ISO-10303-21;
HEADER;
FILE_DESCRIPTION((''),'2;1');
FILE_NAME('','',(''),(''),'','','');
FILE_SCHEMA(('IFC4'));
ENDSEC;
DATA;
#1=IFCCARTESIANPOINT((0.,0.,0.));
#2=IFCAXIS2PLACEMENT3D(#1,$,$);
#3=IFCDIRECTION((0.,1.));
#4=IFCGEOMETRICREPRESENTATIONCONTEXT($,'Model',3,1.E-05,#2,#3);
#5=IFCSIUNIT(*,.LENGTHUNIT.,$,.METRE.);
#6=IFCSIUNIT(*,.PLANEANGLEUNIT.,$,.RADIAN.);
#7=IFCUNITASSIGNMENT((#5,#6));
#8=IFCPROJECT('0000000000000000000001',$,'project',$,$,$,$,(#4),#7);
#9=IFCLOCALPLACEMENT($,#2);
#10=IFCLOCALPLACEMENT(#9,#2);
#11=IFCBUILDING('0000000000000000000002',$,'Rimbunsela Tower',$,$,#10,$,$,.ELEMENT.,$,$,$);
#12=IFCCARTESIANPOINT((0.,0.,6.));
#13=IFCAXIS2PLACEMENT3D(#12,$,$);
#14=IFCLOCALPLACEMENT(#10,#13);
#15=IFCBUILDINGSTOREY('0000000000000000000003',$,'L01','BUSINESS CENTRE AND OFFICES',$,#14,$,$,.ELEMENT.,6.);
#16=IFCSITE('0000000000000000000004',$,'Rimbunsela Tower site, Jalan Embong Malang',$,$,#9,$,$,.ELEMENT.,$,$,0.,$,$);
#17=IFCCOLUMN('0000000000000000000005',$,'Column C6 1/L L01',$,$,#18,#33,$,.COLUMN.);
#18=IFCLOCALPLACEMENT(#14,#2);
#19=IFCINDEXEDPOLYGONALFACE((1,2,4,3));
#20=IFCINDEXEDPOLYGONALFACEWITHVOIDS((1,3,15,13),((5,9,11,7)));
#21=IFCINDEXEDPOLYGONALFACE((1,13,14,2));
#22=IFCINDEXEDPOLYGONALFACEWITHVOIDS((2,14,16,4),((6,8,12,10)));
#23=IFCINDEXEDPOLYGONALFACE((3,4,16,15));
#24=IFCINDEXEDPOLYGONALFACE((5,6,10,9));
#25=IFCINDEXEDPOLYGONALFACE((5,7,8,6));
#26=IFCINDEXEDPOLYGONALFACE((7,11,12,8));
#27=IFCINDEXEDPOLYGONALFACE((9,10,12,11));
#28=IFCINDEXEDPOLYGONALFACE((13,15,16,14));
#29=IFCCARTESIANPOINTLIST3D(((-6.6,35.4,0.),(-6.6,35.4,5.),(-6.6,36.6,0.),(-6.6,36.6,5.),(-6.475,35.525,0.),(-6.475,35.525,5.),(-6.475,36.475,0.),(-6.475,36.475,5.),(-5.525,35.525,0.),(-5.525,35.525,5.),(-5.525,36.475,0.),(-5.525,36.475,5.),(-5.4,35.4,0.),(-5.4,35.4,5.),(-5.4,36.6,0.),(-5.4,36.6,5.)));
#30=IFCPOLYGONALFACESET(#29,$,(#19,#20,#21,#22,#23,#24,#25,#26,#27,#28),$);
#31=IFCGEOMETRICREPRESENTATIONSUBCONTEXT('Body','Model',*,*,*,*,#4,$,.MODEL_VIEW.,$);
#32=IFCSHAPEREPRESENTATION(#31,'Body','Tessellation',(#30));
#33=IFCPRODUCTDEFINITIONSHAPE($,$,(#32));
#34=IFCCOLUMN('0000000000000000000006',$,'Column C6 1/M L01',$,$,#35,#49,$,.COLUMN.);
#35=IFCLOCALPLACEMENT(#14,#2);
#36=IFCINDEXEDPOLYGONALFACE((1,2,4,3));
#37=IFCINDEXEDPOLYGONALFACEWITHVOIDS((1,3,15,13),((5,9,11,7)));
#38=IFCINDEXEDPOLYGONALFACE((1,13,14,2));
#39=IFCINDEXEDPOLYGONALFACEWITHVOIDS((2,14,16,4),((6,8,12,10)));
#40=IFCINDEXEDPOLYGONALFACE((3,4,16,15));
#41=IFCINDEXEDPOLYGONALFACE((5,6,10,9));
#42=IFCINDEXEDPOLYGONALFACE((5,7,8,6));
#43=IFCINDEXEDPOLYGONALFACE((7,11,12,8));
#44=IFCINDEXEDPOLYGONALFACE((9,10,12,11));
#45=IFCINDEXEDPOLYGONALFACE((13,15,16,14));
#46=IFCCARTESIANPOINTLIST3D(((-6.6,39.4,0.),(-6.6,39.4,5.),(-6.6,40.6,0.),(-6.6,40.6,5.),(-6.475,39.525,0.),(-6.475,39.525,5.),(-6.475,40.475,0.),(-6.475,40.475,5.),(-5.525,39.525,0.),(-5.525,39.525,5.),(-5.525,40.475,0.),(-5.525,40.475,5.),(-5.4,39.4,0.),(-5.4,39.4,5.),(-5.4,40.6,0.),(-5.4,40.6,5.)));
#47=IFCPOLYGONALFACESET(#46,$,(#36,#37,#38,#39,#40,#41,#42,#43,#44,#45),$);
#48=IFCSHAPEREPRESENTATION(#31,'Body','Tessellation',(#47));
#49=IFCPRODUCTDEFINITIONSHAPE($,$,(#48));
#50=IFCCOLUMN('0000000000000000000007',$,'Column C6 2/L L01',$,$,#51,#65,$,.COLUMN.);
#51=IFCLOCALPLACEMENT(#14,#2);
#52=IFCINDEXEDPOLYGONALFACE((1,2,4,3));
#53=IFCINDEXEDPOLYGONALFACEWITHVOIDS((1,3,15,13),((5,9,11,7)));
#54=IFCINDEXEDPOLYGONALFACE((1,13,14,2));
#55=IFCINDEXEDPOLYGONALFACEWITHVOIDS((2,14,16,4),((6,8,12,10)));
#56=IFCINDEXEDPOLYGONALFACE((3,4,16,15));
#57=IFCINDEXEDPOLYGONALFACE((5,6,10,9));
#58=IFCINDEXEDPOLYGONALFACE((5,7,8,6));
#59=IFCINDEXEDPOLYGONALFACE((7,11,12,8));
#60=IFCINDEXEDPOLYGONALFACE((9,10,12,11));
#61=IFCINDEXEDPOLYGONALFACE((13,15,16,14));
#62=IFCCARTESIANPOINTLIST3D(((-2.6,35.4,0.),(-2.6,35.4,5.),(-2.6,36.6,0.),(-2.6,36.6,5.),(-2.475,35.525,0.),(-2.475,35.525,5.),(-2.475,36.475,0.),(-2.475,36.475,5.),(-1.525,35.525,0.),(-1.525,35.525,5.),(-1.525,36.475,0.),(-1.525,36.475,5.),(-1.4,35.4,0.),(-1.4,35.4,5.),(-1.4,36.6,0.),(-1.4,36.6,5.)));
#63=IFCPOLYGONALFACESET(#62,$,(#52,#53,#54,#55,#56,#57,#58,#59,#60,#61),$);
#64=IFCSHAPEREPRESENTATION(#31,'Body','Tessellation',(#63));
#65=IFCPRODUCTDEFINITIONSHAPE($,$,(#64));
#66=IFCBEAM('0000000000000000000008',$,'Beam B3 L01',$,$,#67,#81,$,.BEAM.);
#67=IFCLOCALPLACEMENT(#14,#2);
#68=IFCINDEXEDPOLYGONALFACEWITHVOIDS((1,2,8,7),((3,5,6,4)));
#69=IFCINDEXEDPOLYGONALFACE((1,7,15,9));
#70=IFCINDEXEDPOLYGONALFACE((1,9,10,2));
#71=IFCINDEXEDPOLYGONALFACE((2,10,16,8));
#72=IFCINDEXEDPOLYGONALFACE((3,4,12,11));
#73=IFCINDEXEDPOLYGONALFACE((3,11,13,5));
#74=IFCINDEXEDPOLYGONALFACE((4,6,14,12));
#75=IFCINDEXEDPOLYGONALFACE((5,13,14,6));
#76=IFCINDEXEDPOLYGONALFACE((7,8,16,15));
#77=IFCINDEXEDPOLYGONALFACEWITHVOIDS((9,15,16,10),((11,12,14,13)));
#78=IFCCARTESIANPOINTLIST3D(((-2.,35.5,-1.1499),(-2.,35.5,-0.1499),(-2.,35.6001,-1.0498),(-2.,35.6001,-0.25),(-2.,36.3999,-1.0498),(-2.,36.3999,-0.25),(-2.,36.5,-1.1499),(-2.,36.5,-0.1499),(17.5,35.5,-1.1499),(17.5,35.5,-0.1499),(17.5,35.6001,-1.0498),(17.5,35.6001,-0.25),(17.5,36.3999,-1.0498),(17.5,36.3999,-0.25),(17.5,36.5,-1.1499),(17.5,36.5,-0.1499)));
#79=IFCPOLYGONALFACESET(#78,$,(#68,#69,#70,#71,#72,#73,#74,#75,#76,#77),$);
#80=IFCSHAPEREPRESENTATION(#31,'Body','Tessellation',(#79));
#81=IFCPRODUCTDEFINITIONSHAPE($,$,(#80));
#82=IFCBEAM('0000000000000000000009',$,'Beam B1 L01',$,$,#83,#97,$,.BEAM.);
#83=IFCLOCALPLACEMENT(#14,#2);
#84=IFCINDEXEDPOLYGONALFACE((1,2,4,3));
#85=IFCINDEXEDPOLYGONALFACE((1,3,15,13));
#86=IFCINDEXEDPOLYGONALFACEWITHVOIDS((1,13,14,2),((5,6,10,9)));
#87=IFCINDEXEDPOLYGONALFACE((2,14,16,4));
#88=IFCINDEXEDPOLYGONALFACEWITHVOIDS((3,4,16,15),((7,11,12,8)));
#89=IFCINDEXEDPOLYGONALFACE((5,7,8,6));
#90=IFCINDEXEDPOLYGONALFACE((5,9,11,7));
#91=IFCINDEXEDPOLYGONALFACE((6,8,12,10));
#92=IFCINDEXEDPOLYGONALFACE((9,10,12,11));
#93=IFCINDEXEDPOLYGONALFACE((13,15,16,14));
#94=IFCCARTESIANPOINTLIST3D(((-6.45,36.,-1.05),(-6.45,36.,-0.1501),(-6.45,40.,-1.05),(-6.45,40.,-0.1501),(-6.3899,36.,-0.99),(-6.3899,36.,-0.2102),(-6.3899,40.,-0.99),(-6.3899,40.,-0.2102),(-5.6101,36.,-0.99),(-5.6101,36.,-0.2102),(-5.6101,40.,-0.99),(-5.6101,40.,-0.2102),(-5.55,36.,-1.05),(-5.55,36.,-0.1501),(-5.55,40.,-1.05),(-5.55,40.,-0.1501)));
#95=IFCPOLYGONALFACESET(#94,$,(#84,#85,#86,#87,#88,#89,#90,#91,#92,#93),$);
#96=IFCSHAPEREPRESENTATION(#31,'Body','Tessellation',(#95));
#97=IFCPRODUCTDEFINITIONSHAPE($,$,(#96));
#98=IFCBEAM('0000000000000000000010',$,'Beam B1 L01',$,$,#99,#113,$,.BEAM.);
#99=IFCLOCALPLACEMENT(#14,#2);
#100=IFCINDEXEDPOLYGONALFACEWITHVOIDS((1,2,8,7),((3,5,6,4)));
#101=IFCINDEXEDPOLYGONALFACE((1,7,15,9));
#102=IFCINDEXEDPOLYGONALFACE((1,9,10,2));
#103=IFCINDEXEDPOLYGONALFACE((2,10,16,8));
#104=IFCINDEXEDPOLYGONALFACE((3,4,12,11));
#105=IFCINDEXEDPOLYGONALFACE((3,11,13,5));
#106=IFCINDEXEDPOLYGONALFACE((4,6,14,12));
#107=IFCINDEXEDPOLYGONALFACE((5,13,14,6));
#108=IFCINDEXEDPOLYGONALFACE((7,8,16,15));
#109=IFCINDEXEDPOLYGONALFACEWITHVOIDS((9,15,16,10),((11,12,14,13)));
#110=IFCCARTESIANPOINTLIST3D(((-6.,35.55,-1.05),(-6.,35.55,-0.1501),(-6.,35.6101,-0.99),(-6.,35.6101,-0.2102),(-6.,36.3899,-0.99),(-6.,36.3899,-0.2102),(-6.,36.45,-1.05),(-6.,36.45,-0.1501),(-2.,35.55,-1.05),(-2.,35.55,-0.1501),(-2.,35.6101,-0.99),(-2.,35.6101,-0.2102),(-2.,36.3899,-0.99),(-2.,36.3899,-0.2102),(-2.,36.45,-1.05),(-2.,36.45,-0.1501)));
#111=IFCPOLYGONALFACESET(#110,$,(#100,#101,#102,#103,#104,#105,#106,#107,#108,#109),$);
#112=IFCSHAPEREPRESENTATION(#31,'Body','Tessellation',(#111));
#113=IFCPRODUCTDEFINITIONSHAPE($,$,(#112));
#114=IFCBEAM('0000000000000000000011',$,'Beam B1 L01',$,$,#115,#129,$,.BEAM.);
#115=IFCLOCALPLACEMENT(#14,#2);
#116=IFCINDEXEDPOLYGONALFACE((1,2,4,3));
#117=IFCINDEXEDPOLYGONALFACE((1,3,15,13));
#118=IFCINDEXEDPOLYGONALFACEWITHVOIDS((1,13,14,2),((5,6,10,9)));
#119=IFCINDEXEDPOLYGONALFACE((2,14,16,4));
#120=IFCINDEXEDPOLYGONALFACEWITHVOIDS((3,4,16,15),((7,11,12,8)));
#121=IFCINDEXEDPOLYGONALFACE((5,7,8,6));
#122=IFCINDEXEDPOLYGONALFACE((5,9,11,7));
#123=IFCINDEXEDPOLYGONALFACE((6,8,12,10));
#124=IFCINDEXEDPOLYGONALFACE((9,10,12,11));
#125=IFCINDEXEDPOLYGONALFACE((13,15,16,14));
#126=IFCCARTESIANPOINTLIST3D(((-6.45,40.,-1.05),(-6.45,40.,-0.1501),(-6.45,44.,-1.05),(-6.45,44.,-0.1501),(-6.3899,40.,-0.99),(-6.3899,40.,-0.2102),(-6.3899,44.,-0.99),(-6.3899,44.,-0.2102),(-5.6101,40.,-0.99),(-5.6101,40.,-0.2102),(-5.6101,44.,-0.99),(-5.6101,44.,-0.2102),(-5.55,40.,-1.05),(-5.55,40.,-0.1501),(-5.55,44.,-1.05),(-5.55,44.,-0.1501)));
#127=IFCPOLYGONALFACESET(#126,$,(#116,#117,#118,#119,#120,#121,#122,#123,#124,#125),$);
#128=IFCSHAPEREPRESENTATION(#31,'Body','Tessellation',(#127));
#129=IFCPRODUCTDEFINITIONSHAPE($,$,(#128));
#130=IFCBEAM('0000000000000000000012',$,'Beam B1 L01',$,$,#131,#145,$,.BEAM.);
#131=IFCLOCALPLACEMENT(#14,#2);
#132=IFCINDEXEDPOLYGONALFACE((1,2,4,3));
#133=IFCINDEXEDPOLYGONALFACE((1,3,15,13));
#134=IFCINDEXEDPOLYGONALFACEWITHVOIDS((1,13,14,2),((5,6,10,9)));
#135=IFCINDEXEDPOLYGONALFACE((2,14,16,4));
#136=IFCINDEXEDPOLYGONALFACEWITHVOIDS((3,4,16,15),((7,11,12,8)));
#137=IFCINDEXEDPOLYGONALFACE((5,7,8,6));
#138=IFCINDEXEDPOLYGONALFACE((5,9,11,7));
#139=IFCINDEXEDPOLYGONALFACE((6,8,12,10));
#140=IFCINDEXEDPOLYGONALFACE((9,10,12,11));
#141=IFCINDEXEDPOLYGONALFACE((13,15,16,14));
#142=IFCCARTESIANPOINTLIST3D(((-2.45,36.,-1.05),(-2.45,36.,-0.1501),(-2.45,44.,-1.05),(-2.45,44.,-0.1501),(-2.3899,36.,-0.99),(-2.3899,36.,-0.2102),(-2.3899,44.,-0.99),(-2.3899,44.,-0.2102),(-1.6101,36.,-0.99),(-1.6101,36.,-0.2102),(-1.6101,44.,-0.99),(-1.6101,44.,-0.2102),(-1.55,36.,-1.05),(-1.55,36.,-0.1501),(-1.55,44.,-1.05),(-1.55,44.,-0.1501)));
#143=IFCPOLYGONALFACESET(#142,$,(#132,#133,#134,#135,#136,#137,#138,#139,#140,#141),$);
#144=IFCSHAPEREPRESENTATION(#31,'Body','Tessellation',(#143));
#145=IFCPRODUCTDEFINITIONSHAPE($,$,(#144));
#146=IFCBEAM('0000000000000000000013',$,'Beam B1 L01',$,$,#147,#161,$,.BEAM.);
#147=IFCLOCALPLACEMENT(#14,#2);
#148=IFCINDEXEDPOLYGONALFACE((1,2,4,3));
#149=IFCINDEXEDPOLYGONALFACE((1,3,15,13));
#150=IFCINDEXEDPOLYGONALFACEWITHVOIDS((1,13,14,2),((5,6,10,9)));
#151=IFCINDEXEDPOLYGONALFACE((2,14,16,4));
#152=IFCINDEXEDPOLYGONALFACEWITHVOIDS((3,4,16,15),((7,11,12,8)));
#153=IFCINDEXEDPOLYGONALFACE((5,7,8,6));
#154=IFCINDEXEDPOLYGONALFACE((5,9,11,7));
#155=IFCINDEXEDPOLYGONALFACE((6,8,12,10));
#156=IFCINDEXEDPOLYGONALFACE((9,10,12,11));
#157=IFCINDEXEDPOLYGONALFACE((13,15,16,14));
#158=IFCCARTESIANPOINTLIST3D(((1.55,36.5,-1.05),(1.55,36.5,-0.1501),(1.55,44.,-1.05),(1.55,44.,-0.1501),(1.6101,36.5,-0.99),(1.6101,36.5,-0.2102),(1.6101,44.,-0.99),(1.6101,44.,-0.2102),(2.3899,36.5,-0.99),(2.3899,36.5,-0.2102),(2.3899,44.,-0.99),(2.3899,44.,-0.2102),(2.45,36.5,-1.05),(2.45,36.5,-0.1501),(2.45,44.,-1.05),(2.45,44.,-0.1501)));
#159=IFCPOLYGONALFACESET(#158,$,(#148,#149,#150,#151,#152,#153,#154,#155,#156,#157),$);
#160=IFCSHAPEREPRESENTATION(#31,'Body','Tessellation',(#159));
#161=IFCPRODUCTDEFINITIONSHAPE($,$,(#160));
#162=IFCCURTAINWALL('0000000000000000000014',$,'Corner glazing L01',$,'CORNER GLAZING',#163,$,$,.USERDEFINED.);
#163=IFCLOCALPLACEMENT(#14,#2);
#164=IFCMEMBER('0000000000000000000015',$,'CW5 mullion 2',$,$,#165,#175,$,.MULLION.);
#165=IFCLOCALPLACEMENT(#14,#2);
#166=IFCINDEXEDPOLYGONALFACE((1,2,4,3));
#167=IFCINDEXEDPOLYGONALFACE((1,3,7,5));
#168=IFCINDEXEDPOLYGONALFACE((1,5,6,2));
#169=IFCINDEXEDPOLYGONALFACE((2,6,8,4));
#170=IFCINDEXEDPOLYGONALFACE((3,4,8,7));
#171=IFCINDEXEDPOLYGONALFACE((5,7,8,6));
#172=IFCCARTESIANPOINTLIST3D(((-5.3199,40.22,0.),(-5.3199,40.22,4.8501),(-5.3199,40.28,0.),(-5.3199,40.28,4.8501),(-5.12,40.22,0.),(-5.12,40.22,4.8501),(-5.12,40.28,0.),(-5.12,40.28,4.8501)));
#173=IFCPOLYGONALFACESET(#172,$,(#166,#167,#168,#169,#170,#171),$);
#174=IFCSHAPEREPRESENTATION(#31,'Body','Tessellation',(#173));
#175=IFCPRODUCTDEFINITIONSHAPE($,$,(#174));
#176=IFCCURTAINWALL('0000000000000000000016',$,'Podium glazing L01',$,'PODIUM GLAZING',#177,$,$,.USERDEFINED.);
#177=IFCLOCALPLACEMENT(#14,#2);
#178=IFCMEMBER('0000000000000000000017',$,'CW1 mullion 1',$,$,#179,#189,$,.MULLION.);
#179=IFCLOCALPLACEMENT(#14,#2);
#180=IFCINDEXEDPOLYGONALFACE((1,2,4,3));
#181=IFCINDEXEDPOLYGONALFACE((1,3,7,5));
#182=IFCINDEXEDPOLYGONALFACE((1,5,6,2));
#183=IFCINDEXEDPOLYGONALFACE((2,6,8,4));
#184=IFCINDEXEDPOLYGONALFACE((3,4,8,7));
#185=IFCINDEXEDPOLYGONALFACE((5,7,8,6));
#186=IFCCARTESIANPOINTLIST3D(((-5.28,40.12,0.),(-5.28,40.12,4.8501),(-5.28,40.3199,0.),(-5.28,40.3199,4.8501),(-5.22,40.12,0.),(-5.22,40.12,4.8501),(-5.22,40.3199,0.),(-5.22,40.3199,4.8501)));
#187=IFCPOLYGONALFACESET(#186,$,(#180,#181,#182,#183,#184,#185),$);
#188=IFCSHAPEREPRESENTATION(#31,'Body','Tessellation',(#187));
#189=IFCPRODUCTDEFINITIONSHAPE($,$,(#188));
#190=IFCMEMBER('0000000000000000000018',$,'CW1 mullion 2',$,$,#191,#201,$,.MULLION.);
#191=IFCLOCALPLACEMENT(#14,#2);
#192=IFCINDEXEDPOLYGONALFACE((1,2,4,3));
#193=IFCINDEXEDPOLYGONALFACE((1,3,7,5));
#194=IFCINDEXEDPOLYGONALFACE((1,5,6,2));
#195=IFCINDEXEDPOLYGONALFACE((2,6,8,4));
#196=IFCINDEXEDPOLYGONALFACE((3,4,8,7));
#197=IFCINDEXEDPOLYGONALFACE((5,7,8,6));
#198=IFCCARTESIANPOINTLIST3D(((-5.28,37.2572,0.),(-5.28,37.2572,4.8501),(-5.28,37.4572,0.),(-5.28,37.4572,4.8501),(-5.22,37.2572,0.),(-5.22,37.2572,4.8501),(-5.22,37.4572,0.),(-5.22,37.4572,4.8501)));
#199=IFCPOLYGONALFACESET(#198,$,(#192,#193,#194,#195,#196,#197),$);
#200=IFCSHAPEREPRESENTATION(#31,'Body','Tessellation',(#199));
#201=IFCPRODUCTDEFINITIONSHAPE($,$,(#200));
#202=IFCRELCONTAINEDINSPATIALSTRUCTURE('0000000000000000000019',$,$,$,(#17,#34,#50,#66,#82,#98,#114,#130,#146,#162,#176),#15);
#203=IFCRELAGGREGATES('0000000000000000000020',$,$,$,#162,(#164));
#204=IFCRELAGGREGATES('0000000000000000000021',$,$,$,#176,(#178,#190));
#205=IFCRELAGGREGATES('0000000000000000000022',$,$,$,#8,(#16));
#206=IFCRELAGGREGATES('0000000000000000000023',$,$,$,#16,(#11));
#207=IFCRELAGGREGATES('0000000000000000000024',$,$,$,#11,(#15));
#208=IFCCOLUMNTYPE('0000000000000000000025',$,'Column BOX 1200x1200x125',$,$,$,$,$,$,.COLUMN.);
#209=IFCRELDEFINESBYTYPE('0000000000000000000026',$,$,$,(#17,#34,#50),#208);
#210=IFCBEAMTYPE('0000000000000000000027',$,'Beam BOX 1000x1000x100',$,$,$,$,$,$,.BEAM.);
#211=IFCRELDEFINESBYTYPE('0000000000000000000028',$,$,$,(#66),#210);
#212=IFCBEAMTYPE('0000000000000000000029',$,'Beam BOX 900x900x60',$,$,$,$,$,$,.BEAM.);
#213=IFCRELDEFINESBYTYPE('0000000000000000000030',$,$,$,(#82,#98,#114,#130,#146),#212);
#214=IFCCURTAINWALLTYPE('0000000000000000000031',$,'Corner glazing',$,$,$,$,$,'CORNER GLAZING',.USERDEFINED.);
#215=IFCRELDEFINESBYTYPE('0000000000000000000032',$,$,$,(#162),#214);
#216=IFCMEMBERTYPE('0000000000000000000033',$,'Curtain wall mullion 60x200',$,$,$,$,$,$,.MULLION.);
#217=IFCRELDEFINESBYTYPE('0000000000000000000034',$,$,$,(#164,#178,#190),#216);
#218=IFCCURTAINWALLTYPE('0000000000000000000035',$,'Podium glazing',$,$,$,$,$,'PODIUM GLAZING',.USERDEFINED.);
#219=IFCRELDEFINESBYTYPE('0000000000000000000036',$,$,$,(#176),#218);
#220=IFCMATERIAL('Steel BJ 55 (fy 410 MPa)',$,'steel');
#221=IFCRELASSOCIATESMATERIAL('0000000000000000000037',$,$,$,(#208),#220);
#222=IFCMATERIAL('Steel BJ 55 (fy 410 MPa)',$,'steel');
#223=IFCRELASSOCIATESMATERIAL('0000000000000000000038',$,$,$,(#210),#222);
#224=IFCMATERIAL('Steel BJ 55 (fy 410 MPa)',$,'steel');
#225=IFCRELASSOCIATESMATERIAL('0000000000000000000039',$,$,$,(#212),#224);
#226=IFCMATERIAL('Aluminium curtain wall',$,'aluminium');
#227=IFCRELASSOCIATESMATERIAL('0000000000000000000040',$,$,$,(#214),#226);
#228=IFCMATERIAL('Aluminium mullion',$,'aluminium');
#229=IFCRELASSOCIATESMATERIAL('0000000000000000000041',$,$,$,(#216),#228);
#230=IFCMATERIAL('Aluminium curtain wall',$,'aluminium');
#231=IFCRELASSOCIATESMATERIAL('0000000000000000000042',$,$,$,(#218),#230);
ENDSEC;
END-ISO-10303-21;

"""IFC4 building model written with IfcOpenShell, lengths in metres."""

from ifc_helpers import new_model, si_unit, direction, frame, origin, origin_2d, place, context, subcontext, project, spatial, rectangle, hollow_rectangle, extrude, material, material_profile, profile_set, type_object, element, aggregate, save


model = new_model("IFC4")

# Units and contexts
model_context = context("Model", 3, precision=1e-05, world=origin(), true_north=direction((0.0, 1.0)))
body_context = subcontext(model_context, "Body", "Model", "MODEL_VIEW")
ifc_project = project(units=[si_unit("LENGTHUNIT", "METRE"), si_unit("PLANEANGLEUNIT", "RADIAN")], contexts=[model_context])

# Site, building, storey
site_placement = place(None, origin())
site = spatial("IfcSite", under=ifc_project, at=site_placement, Name="Rimbunsela Tower site, Jalan Embong Malang", CompositionType="ELEMENT", RefElevation=0.0)
building_placement = place(site_placement, origin())
building = spatial("IfcBuilding", under=site, at=building_placement, Name="Rimbunsela Tower", CompositionType="ELEMENT")
storey_placement = place(building_placement, frame((0.0, 0.0, 6.0)))
storey = spatial("IfcBuildingStorey", under=building, at=storey_placement, Name="L01", Description="BUSINESS CENTRE AND OFFICES", CompositionType="ELEMENT", Elevation=6.0)

# Columns
ifc_material_1 = material(Name="Steel BJ 55 (fy 410 MPa)", Category="steel")
ifc_material_profile_1 = material_profile(ifc_material_1, hollow_rectangle(XDim=1.2, YDim=1.2, WallThickness=0.125, at=origin_2d()), Name="BOX 1200x1200x125")
ifc_profile_set_1 = profile_set([ifc_material_profile_1], Name="Steel BJ 55 (fy 410 MPa)")
column_type = type_object("IfcColumnType", Name="Column BOX 1200x1200x125", PredefinedType="COLUMN", material=ifc_profile_set_1)
for number, where, z_axis, x_axis, name in (
    (1, (-6.0, 36.0, 0.0), (0.0, 0.0, 1.0), (1.0, 0.0, 0.0), "Column C6 1/L L01"),
    (2, (-6.0, 40.0, 0.0), (0.0, 0.0, 1.0), (1.0, 0.0, 0.0), "Column C6 1/M L01"),
    (3, (-2.0, 36.0, 0.0), (0.0, 0.0, 1.0), (1.0, 0.0, 0.0), "Column C6 2/L L01"),
):
    element("IfcColumn", number, at=place(storey_placement, frame(where, z_axis=z_axis, x_axis=x_axis)), inside=storey, type_object=column_type, Name=name, PredefinedType="COLUMN", context=body_context, shape_type="SweptSolid", body=[
        extrude(hollow_rectangle(XDim=1.2, YDim=1.2, WallThickness=0.125, at=origin_2d()), origin(), (0.0, 0.0, 1.0), 5.0),
    ])

# Beams
ifc_material_2 = material(Name="Steel BJ 55 (fy 410 MPa)", Category="steel")
ifc_material_profile_2 = material_profile(ifc_material_2, hollow_rectangle(XDim=1.0, YDim=1.0, WallThickness=0.1001, at=origin_2d()), Name="BOX 1000x1000x100")
ifc_profile_set_2 = profile_set([ifc_material_profile_2], Name="Steel BJ 55 (fy 410 MPa)")
beam_type_1 = type_object("IfcBeamType", Name="Beam BOX 1000x1000x100", PredefinedType="BEAM", material=ifc_profile_set_2)
beam_1_placement = place(storey_placement, frame((-2.0, 36.0, -0.6499), z_axis=(1.0, 0.0, 0.0), x_axis=(0.0, 1.0, 0.0)))
element("IfcBeam", 4, at=beam_1_placement, inside=storey, type_object=beam_type_1, Name="Beam B3 L01", PredefinedType="BEAM", context=body_context, shape_type="SweptSolid", body=[
    extrude(hollow_rectangle(XDim=1.0, YDim=1.0, WallThickness=0.1001, at=origin_2d()), origin(), (0.0, 0.0, 1.0), 19.5),
])
ifc_material_3 = material(Name="Steel BJ 55 (fy 410 MPa)", Category="steel")
ifc_material_profile_3 = material_profile(ifc_material_3, hollow_rectangle(XDim=0.8999, YDim=0.8999, WallThickness=0.0601, at=origin_2d()), Name="BOX 900x900x60")
ifc_profile_set_3 = profile_set([ifc_material_profile_3], Name="Steel BJ 55 (fy 410 MPa)")
beam_type_2 = type_object("IfcBeamType", Name="Beam BOX 900x900x60", PredefinedType="BEAM", material=ifc_profile_set_3)
for number, where, z_axis, x_axis, name in (
    (5, (-6.0, 36.0, -0.6001), (0.0, 1.0, 0.0), (-1.0, 0.0, 0.0), "Beam B1 L01"),
    (6, (-6.0, 36.0, -0.6001), (1.0, 0.0, 0.0), (0.0, 1.0, 0.0), "Beam B1 L01"),
    (7, (-6.0, 40.0, -0.6001), (0.0, 1.0, 0.0), (-1.0, 0.0, 0.0), "Beam B1 L01"),
):
    element("IfcBeam", number, at=place(storey_placement, frame(where, z_axis=z_axis, x_axis=x_axis)), inside=storey, type_object=beam_type_2, Name=name, PredefinedType="BEAM", context=body_context, shape_type="SweptSolid", body=[
        extrude(hollow_rectangle(XDim=0.8999, YDim=0.8999, WallThickness=0.0601, at=origin_2d()), origin(), (0.0, 0.0, 1.0), 4.0),
    ])
beam_2_placement = place(storey_placement, frame((-2.0, 36.0, -0.6001), z_axis=(0.0, 1.0, 0.0), x_axis=(-1.0, 0.0, 0.0)))
element("IfcBeam", 8, at=beam_2_placement, inside=storey, type_object=beam_type_2, Name="Beam B1 L01", PredefinedType="BEAM", context=body_context, shape_type="SweptSolid", body=[
    extrude(hollow_rectangle(XDim=0.8999, YDim=0.8999, WallThickness=0.0601, at=origin_2d()), origin(), (0.0, 0.0, 1.0), 8.0),
])
beam_3_placement = place(storey_placement, frame((2.0, 36.5, -0.6001), z_axis=(0.0, 1.0, 0.0), x_axis=(-1.0, 0.0, 0.0)))
element("IfcBeam", 9, at=beam_3_placement, inside=storey, type_object=beam_type_2, Name="Beam B1 L01", PredefinedType="BEAM", context=body_context, shape_type="SweptSolid", body=[
    extrude(hollow_rectangle(XDim=0.8999, YDim=0.8999, WallThickness=0.0601, at=origin_2d()), origin(), (0.0, 0.0, 1.0), 7.5),
])

# Curtain wall, member
ifc_material_4 = material(Name="Aluminium curtain wall", Category="aluminium")
curtain_wall_type_1 = type_object("IfcCurtainWallType", Name="Corner glazing", ElementType="CORNER GLAZING", PredefinedType="USERDEFINED", material=ifc_material_4)
curtain_wall_1_placement = place(storey_placement, origin())
curtain_wall_1 = element("IfcCurtainWall", 10, at=curtain_wall_1_placement, inside=storey, type_object=curtain_wall_type_1, Name="Corner glazing L01", ObjectType="CORNER GLAZING", PredefinedType="USERDEFINED")
ifc_material_5 = material(Name="Aluminium mullion", Category="aluminium")
ifc_material_profile_4 = material_profile(ifc_material_5, rectangle(XDim=0.0601, YDim=0.2, at=origin_2d()), Name="Mullion 60x200")
ifc_profile_set_4 = profile_set([ifc_material_profile_4], Name="Aluminium mullion")
member_type_1 = type_object("IfcMemberType", Name="Curtain wall mullion 60x200", PredefinedType="MULLION", material=ifc_profile_set_4)
member_1_placement = place(storey_placement, frame((-5.22, 40.25, 0.0), z_axis=(0.0, 0.0, 1.0), x_axis=(0.0, -1.0, 0.0)))
member_1 = element("IfcMember", 11, at=member_1_placement, type_object=member_type_1, Name="CW5 mullion 2", PredefinedType="MULLION", context=body_context, shape_type="SweptSolid", body=[
    extrude(rectangle(XDim=0.0601, YDim=0.2, at=origin_2d()), origin(), (0.0, 0.0, 1.0), 4.8501),
])

# Curtain wall, members
ifc_material_6 = material(Name="Aluminium curtain wall", Category="aluminium")
curtain_wall_type_2 = type_object("IfcCurtainWallType", Name="Podium glazing", ElementType="PODIUM GLAZING", PredefinedType="USERDEFINED", material=ifc_material_6)
curtain_wall_2_placement = place(storey_placement, origin())
curtain_wall_2 = element("IfcCurtainWall", 12, at=curtain_wall_2_placement, inside=storey, type_object=curtain_wall_type_2, Name="Podium glazing L01", ObjectType="PODIUM GLAZING", PredefinedType="USERDEFINED")
member_2_placement = place(storey_placement, frame((-5.25, 40.22, 0.0), z_axis=(0.0, 0.0, 1.0), x_axis=(1.0, 0.0, 0.0)))
member_2 = element("IfcMember", 13, at=member_2_placement, type_object=member_type_1, Name="CW1 mullion 1", PredefinedType="MULLION", context=body_context, shape_type="SweptSolid", body=[
    extrude(rectangle(XDim=0.0601, YDim=0.2, at=origin_2d()), origin(), (0.0, 0.0, 1.0), 4.8501),
])
member_3_placement = place(storey_placement, frame((-5.25, 37.3572, 0.0), z_axis=(0.0, 0.0, 1.0), x_axis=(1.0, 0.0, 0.0)))
member_3 = element("IfcMember", 14, at=member_3_placement, type_object=member_type_1, Name="CW1 mullion 2", PredefinedType="MULLION", context=body_context, shape_type="SweptSolid", body=[
    extrude(rectangle(XDim=0.0601, YDim=0.2, at=origin_2d()), origin(), (0.0, 0.0, 1.0), 4.8501),
])

aggregate(curtain_wall_1, [member_1])
aggregate(curtain_wall_2, [member_2, member_3])

save(model, "model.ifc")
